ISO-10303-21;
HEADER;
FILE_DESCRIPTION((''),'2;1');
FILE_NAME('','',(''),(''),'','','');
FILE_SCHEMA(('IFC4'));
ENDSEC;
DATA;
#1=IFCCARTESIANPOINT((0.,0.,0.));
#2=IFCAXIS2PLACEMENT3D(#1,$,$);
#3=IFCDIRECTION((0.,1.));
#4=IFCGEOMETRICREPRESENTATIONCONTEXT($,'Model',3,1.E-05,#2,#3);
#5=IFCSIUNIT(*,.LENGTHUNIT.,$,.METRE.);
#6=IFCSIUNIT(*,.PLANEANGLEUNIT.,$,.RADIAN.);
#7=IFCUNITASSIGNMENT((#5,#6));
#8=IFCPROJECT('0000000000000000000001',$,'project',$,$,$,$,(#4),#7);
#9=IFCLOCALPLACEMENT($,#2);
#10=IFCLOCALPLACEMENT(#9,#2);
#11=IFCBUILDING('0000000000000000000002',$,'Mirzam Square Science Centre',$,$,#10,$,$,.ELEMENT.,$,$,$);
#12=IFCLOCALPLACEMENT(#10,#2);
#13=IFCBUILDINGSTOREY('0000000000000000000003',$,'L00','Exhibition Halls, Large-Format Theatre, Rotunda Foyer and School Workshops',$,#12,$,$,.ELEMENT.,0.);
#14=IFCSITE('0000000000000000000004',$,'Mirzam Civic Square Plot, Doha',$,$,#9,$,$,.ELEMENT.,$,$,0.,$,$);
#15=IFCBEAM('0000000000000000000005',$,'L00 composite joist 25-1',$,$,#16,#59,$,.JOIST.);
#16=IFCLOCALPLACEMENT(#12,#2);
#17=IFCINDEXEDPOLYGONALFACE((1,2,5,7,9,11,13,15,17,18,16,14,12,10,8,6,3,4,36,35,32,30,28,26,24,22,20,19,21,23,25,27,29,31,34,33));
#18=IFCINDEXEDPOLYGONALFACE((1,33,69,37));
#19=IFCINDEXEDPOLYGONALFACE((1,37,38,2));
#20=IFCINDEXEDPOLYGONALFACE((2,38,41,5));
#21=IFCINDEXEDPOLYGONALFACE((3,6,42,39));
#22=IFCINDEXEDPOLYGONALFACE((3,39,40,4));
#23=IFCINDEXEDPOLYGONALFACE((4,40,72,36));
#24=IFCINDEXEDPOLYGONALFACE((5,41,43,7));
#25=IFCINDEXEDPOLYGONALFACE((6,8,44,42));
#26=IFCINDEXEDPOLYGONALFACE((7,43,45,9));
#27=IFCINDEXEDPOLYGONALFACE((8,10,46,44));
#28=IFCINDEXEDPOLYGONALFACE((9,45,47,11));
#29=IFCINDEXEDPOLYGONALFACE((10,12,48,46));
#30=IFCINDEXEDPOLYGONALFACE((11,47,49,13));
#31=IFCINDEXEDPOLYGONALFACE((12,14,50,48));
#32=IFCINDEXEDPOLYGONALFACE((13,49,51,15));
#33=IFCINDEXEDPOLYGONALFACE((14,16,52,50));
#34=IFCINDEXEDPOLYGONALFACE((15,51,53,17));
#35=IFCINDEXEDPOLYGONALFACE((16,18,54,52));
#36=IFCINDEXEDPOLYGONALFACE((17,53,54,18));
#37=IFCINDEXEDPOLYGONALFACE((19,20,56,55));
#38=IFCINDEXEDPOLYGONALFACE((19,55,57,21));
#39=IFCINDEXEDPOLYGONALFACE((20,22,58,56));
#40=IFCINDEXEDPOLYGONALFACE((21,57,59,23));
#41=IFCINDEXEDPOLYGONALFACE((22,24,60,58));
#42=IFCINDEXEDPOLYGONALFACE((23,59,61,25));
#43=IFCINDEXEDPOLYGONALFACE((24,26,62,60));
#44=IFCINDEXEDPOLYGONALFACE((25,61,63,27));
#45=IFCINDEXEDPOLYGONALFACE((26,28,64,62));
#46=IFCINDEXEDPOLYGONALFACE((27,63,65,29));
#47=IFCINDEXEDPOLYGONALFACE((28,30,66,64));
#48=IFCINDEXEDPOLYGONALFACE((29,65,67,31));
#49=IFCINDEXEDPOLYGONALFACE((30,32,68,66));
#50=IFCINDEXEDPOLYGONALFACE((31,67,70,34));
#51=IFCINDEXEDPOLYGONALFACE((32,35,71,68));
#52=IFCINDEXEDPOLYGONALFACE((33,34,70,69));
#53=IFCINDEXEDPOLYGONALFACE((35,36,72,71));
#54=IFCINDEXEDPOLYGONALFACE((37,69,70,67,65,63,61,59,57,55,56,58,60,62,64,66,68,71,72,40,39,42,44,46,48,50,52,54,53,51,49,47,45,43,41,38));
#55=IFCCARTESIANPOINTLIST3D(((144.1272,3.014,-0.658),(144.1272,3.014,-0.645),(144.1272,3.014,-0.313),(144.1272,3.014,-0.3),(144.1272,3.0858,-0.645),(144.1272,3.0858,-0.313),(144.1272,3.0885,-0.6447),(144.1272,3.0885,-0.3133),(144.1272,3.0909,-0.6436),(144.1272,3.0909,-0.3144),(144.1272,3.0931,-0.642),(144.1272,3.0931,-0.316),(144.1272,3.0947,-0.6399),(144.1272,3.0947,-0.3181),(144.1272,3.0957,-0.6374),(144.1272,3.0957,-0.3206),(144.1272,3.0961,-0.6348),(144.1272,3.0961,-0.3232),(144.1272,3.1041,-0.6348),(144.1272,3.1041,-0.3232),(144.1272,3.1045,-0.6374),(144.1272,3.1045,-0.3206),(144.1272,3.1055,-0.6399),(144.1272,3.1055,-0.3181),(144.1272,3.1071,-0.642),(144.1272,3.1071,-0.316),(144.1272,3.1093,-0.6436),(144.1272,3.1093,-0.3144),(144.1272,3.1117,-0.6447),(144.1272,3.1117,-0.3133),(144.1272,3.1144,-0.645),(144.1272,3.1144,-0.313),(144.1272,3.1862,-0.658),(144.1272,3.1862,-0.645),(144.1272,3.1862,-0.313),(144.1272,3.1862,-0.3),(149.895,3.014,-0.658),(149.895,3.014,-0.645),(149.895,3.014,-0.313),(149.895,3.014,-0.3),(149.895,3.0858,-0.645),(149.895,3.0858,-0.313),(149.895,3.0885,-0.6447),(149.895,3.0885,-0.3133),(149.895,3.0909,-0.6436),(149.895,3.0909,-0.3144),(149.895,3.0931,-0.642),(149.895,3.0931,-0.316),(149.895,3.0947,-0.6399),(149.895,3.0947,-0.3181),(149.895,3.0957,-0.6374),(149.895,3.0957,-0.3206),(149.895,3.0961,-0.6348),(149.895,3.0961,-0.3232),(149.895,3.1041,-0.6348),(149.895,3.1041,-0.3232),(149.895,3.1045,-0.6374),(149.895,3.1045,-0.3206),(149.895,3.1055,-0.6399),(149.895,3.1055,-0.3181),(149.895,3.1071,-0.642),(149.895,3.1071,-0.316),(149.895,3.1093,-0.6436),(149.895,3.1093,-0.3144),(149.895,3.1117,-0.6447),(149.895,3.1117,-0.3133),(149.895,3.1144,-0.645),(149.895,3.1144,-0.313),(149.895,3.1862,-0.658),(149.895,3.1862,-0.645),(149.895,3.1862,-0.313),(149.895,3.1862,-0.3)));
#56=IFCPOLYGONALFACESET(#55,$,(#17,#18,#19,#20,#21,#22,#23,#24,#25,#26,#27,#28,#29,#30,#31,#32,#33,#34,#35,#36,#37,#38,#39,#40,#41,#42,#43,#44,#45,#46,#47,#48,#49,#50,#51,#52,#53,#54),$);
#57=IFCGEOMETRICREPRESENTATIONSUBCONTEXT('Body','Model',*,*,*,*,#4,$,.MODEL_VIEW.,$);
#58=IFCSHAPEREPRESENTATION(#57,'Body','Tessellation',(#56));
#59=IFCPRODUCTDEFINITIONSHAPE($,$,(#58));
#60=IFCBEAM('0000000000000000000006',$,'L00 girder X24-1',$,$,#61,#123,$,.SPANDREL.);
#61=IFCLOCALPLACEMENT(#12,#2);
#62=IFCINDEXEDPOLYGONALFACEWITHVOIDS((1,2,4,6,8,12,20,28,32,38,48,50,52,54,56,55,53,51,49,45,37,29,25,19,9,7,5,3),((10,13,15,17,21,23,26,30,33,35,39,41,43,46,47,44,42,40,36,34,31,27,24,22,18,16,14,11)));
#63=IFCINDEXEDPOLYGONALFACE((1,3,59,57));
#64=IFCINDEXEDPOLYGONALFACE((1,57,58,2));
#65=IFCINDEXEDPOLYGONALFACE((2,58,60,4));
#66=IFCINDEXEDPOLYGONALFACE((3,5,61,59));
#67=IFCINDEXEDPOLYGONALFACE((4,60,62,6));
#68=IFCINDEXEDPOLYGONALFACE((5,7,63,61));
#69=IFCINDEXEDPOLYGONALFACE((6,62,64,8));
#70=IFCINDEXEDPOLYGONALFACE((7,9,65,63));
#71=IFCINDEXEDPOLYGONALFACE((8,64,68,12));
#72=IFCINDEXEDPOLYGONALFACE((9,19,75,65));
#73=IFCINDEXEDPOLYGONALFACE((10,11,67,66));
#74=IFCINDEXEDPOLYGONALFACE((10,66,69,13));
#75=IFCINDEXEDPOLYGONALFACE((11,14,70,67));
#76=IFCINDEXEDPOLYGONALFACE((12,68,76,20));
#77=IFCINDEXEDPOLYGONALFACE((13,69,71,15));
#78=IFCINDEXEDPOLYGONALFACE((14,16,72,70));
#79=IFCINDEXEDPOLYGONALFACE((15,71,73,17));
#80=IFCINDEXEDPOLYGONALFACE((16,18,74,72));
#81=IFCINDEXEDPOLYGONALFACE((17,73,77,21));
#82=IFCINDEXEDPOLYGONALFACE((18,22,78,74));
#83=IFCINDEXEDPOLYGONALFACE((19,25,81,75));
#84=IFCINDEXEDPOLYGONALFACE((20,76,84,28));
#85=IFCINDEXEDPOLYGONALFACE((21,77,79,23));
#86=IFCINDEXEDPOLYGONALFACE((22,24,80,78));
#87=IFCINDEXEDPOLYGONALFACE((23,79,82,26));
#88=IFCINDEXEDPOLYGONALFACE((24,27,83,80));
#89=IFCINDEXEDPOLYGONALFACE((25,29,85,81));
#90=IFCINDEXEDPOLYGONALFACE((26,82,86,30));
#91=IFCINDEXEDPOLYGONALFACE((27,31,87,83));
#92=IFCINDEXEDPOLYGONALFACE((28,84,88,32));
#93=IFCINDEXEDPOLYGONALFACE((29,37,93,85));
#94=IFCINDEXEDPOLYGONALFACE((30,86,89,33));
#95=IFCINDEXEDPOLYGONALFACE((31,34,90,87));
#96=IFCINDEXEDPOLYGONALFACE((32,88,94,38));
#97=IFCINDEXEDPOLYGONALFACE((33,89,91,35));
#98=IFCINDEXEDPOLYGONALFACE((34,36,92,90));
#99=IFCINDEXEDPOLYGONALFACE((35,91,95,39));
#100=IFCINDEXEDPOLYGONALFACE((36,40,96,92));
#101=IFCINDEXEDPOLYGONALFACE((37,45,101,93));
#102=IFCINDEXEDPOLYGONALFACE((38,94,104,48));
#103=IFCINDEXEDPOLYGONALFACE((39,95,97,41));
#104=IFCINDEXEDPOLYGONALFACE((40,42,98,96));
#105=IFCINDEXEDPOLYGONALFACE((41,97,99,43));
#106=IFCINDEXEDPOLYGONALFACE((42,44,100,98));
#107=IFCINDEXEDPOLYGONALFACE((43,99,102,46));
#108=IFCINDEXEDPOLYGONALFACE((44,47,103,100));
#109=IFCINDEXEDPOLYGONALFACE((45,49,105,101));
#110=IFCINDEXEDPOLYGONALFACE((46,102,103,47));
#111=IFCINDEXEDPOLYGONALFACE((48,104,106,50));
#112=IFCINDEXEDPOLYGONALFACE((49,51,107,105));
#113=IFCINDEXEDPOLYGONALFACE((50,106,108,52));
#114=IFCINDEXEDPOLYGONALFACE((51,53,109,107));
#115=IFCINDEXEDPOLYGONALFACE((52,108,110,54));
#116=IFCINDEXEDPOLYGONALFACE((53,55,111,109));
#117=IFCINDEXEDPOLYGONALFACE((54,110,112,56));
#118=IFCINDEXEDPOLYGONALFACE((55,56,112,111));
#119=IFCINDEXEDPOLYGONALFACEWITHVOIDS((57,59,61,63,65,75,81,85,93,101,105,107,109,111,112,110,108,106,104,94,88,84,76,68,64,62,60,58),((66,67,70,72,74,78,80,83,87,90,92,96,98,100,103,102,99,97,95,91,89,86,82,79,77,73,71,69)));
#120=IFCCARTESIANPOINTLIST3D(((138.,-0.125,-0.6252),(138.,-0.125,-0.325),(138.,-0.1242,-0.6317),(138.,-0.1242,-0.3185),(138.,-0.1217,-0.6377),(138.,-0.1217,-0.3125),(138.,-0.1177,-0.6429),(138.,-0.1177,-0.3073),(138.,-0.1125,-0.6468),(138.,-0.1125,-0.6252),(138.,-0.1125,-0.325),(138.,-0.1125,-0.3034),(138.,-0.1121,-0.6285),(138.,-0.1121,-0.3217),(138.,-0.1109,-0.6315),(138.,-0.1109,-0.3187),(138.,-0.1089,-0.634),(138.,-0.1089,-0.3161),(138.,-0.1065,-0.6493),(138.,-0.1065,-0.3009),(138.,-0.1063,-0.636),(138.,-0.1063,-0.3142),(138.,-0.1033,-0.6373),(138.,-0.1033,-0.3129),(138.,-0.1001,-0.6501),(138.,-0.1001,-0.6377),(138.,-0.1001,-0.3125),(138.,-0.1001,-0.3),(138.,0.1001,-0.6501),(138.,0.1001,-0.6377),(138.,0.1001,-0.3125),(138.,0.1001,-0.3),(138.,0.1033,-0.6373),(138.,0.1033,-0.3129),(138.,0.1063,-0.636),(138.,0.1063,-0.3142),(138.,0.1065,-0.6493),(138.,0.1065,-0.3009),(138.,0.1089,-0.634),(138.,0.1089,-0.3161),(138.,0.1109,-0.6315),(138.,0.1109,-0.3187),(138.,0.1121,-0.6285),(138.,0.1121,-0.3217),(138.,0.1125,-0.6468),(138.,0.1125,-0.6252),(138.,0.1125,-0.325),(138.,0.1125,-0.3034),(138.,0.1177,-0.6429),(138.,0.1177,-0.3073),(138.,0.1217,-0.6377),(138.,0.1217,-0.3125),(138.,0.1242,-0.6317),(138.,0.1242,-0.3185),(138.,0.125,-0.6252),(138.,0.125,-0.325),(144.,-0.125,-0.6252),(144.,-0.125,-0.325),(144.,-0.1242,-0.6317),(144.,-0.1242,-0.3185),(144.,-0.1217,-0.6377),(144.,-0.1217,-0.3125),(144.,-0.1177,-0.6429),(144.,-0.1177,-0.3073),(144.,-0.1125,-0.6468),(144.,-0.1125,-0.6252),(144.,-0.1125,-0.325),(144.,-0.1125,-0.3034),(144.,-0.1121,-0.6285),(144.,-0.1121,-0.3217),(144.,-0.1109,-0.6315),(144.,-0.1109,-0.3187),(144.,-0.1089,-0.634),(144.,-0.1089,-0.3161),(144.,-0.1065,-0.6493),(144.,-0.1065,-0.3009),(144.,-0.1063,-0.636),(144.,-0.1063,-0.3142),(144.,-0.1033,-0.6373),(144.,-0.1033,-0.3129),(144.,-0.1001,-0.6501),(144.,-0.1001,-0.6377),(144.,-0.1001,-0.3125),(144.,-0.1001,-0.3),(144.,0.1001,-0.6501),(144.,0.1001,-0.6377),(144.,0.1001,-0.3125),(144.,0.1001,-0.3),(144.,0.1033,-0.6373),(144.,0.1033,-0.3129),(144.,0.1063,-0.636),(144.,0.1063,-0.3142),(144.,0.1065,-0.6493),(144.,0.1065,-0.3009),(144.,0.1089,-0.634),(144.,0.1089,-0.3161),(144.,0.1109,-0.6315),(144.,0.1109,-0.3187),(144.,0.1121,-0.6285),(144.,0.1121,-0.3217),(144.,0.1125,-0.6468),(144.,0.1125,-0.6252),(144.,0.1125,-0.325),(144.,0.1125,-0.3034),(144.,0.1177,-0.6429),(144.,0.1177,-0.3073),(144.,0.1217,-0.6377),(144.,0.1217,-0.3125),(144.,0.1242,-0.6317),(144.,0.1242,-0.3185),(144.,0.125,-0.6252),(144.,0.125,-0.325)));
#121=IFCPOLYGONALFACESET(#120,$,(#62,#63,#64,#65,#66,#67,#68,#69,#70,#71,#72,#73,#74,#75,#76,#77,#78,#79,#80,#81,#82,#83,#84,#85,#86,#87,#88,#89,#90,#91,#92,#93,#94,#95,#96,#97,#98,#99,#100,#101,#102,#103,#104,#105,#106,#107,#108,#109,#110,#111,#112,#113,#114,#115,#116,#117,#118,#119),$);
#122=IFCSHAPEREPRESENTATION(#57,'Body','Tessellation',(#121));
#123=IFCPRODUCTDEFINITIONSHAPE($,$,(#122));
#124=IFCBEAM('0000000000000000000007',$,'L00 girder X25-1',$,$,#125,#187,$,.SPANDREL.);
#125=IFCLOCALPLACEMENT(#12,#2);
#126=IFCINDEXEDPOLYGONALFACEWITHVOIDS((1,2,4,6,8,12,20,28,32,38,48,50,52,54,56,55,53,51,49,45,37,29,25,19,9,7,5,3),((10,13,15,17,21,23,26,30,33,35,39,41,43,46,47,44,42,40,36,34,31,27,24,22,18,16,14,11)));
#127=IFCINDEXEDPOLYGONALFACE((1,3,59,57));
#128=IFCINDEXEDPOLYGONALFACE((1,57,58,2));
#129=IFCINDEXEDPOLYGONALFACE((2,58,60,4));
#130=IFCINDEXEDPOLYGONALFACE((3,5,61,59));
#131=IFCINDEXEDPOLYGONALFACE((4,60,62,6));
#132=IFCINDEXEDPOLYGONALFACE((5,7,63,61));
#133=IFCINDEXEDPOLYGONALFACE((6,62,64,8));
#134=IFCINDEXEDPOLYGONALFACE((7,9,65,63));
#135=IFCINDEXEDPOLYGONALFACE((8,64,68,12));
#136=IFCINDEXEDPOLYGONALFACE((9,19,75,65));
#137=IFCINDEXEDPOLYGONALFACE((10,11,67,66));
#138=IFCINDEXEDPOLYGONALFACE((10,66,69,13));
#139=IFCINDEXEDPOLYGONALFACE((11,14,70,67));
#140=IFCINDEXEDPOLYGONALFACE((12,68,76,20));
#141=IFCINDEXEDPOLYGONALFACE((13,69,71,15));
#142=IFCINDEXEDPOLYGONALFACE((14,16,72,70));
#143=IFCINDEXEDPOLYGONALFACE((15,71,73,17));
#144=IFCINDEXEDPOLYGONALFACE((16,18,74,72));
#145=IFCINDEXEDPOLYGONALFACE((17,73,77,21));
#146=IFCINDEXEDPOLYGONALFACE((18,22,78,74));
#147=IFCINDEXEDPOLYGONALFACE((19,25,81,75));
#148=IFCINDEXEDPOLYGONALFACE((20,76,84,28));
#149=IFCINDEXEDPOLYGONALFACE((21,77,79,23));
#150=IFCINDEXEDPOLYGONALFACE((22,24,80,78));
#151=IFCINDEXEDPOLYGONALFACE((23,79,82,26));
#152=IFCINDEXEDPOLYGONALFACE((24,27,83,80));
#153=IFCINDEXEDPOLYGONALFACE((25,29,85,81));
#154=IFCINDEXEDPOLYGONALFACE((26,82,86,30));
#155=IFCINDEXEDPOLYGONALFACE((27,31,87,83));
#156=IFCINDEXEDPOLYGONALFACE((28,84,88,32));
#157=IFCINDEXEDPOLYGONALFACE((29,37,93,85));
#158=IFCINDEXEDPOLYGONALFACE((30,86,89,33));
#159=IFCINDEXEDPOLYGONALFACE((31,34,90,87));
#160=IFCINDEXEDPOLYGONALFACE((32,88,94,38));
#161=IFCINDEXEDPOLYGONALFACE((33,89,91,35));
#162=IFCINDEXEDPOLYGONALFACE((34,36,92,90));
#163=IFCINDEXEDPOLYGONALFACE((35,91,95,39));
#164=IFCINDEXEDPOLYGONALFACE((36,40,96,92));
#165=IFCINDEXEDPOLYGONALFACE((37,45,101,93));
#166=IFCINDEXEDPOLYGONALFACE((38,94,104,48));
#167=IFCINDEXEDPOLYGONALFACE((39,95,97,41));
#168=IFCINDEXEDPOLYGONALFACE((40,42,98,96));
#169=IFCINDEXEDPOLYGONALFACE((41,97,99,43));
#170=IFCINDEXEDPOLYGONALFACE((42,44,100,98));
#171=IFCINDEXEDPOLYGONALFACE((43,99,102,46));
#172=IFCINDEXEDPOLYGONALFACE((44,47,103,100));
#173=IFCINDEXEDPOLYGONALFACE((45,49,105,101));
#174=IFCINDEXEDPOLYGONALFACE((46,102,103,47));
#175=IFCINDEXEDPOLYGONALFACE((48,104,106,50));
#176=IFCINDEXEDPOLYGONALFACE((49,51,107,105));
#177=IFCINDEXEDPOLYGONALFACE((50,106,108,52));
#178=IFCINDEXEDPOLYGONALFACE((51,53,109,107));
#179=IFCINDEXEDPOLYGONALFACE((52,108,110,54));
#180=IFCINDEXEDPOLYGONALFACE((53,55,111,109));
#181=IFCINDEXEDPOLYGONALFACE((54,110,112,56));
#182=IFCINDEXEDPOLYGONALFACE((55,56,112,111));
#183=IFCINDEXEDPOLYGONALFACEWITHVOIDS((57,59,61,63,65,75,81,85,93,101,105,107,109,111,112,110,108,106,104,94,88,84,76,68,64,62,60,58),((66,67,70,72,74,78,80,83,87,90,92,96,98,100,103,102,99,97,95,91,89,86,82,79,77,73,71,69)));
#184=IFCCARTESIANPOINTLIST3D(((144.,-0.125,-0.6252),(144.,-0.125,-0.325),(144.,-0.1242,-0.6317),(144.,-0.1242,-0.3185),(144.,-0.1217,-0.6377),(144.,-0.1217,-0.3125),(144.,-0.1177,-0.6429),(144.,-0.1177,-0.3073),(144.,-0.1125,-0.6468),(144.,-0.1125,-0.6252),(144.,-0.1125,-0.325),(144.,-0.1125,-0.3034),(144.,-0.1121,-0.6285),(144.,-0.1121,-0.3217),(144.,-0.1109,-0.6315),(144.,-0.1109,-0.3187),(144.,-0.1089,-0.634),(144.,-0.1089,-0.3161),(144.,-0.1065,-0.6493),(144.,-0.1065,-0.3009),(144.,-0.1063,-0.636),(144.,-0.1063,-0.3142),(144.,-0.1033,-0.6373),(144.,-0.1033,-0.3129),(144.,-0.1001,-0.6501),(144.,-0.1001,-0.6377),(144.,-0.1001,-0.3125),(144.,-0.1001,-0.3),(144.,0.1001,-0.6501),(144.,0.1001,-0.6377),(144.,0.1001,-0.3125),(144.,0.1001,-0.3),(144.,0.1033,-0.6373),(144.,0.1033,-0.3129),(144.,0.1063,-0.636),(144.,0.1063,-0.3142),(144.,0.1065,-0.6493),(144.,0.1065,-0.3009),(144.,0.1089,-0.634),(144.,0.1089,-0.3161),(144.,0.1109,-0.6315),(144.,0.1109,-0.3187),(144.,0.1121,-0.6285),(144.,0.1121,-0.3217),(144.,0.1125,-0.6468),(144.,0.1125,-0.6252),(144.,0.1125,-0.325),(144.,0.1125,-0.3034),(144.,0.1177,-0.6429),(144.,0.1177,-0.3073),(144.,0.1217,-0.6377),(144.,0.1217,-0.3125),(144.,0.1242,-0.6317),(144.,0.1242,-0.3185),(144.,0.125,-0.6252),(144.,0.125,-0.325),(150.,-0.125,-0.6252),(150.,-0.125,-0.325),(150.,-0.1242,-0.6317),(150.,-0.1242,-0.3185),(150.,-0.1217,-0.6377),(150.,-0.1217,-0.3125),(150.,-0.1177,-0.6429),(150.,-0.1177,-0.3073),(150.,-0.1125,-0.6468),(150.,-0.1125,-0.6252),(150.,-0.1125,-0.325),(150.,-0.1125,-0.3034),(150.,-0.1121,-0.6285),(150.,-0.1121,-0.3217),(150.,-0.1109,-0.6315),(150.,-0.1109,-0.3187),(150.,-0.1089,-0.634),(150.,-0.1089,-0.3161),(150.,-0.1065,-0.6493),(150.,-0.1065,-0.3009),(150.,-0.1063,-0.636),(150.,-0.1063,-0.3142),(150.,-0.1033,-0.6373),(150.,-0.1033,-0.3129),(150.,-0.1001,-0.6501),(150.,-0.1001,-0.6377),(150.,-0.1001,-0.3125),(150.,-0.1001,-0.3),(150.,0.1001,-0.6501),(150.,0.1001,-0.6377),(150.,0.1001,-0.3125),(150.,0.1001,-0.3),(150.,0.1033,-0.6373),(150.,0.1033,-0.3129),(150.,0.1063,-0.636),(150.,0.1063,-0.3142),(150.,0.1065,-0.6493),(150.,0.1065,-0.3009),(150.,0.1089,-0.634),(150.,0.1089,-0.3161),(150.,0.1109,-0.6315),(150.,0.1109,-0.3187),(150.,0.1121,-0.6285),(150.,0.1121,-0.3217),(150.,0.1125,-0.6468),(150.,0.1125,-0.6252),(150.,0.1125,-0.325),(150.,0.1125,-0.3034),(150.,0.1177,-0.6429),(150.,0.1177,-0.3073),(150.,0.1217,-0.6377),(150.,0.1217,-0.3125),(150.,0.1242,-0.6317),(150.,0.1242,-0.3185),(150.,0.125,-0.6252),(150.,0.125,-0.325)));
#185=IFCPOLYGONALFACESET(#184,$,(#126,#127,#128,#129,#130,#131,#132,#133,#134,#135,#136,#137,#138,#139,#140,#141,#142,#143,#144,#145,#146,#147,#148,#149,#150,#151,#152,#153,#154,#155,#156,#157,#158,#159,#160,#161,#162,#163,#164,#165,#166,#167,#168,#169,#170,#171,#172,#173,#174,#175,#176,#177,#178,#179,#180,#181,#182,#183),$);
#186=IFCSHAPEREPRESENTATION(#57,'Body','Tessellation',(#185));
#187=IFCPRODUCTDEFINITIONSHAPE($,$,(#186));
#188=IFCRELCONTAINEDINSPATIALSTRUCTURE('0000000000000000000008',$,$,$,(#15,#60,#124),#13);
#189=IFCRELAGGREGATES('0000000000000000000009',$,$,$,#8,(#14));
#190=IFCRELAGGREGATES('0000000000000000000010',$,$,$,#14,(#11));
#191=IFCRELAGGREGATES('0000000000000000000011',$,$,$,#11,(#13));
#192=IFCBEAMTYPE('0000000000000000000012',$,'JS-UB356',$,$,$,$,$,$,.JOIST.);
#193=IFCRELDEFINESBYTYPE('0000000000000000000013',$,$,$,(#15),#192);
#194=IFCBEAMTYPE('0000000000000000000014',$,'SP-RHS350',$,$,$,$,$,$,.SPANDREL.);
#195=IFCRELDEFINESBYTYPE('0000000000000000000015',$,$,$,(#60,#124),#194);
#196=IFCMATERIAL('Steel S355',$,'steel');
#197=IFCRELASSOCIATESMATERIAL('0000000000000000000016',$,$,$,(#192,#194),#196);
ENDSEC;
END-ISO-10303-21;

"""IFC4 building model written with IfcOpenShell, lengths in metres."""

from ifc_helpers import new_model, si_unit, direction, frame, origin, origin_2d, place, context, subcontext, project, spatial, hollow_rectangle, i_section, extrude, material, material_profile, profile_set, type_object, element, save


model = new_model("IFC4")

# Units and contexts
model_context = context("Model", 3, precision=1e-05, world=origin(), true_north=direction((0.0, 1.0)))
body_context = subcontext(model_context, "Body", "Model", "MODEL_VIEW")
ifc_project = project(units=[si_unit("LENGTHUNIT", "METRE"), si_unit("PLANEANGLEUNIT", "RADIAN")], contexts=[model_context])

# Site, building, storey
site_placement = place(None, origin())
site = spatial("IfcSite", under=ifc_project, at=site_placement, Name="Mirzam Civic Square Plot, Doha", CompositionType="ELEMENT", RefElevation=0.0)
building_placement = place(site_placement, origin())
building = spatial("IfcBuilding", under=site, at=building_placement, Name="Mirzam Square Science Centre", CompositionType="ELEMENT")
storey_placement = place(building_placement, origin())
storey = spatial("IfcBuildingStorey", under=building, at=storey_placement, Name="L00", Description="Exhibition Halls, Large-Format Theatre, Rotunda Foyer and School Workshops", CompositionType="ELEMENT", Elevation=0.0)

# Shared definitions
ifc_material_1 = material(Name="Steel S355", Category="steel")

# Beams
ifc_material_profile_1 = material_profile(ifc_material_1, i_section(OverallWidth=0.1721, OverallDepth=0.3579, WebThickness=0.0081, FlangeThickness=0.0129, FilletRadius=0.0103, at=origin_2d()), Name="356x171x57UB")
ifc_profile_set_1 = profile_set([ifc_material_profile_1], Name="Steel S355")
beam_type_1 = type_object("IfcBeamType", Name="JS-UB356", PredefinedType="JOIST", material=ifc_profile_set_1)
beam_1_placement = place(storey_placement, frame((144.1272, 3.1001, -0.479), z_axis=(1.0, 0.0, 0.0), x_axis=(0.0, 1.0, 0.0)))
element("IfcBeam", 1, at=beam_1_placement, inside=storey, type_object=beam_type_1, Name="L00 composite joist 25-1", PredefinedType="JOIST", context=body_context, shape_type="SweptSolid", body=[
    extrude(i_section(OverallWidth=0.1721, OverallDepth=0.3579, WebThickness=0.0081, FlangeThickness=0.0129, FilletRadius=0.0103, at=origin_2d()), origin(), (0.0, 0.0, 1.0), 5.7678),
])
ifc_material_profile_2 = material_profile(ifc_material_1, hollow_rectangle(XDim=0.25, YDim=0.3501, WallThickness=0.0125, InnerFilletRadius=0.0125, OuterFilletRadius=0.0249, at=origin_2d()), Name="350x250x12.5RHS")
ifc_profile_set_2 = profile_set([ifc_material_profile_2], Name="Steel S355")
beam_type_2 = type_object("IfcBeamType", Name="SP-RHS350", PredefinedType="SPANDREL", material=ifc_profile_set_2)
for number, where, z_axis, x_axis, name in (
    (2, (138.0, 0.0, -0.4751), (1.0, 0.0, 0.0), (0.0, 1.0, 0.0), "L00 girder X24-1"),
    (3, (144.0, 0.0, -0.4751), (1.0, 0.0, 0.0), (0.0, 1.0, 0.0), "L00 girder X25-1"),
):
    element("IfcBeam", number, at=place(storey_placement, frame(where, z_axis=z_axis, x_axis=x_axis)), inside=storey, type_object=beam_type_2, Name=name, PredefinedType="SPANDREL", context=body_context, shape_type="SweptSolid", body=[
        extrude(hollow_rectangle(XDim=0.25, YDim=0.3501, WallThickness=0.0125, InnerFilletRadius=0.0125, OuterFilletRadius=0.0249, at=origin_2d()), origin(), (0.0, 0.0, 1.0), 6.0),
    ])

save(model, "model.ifc")
